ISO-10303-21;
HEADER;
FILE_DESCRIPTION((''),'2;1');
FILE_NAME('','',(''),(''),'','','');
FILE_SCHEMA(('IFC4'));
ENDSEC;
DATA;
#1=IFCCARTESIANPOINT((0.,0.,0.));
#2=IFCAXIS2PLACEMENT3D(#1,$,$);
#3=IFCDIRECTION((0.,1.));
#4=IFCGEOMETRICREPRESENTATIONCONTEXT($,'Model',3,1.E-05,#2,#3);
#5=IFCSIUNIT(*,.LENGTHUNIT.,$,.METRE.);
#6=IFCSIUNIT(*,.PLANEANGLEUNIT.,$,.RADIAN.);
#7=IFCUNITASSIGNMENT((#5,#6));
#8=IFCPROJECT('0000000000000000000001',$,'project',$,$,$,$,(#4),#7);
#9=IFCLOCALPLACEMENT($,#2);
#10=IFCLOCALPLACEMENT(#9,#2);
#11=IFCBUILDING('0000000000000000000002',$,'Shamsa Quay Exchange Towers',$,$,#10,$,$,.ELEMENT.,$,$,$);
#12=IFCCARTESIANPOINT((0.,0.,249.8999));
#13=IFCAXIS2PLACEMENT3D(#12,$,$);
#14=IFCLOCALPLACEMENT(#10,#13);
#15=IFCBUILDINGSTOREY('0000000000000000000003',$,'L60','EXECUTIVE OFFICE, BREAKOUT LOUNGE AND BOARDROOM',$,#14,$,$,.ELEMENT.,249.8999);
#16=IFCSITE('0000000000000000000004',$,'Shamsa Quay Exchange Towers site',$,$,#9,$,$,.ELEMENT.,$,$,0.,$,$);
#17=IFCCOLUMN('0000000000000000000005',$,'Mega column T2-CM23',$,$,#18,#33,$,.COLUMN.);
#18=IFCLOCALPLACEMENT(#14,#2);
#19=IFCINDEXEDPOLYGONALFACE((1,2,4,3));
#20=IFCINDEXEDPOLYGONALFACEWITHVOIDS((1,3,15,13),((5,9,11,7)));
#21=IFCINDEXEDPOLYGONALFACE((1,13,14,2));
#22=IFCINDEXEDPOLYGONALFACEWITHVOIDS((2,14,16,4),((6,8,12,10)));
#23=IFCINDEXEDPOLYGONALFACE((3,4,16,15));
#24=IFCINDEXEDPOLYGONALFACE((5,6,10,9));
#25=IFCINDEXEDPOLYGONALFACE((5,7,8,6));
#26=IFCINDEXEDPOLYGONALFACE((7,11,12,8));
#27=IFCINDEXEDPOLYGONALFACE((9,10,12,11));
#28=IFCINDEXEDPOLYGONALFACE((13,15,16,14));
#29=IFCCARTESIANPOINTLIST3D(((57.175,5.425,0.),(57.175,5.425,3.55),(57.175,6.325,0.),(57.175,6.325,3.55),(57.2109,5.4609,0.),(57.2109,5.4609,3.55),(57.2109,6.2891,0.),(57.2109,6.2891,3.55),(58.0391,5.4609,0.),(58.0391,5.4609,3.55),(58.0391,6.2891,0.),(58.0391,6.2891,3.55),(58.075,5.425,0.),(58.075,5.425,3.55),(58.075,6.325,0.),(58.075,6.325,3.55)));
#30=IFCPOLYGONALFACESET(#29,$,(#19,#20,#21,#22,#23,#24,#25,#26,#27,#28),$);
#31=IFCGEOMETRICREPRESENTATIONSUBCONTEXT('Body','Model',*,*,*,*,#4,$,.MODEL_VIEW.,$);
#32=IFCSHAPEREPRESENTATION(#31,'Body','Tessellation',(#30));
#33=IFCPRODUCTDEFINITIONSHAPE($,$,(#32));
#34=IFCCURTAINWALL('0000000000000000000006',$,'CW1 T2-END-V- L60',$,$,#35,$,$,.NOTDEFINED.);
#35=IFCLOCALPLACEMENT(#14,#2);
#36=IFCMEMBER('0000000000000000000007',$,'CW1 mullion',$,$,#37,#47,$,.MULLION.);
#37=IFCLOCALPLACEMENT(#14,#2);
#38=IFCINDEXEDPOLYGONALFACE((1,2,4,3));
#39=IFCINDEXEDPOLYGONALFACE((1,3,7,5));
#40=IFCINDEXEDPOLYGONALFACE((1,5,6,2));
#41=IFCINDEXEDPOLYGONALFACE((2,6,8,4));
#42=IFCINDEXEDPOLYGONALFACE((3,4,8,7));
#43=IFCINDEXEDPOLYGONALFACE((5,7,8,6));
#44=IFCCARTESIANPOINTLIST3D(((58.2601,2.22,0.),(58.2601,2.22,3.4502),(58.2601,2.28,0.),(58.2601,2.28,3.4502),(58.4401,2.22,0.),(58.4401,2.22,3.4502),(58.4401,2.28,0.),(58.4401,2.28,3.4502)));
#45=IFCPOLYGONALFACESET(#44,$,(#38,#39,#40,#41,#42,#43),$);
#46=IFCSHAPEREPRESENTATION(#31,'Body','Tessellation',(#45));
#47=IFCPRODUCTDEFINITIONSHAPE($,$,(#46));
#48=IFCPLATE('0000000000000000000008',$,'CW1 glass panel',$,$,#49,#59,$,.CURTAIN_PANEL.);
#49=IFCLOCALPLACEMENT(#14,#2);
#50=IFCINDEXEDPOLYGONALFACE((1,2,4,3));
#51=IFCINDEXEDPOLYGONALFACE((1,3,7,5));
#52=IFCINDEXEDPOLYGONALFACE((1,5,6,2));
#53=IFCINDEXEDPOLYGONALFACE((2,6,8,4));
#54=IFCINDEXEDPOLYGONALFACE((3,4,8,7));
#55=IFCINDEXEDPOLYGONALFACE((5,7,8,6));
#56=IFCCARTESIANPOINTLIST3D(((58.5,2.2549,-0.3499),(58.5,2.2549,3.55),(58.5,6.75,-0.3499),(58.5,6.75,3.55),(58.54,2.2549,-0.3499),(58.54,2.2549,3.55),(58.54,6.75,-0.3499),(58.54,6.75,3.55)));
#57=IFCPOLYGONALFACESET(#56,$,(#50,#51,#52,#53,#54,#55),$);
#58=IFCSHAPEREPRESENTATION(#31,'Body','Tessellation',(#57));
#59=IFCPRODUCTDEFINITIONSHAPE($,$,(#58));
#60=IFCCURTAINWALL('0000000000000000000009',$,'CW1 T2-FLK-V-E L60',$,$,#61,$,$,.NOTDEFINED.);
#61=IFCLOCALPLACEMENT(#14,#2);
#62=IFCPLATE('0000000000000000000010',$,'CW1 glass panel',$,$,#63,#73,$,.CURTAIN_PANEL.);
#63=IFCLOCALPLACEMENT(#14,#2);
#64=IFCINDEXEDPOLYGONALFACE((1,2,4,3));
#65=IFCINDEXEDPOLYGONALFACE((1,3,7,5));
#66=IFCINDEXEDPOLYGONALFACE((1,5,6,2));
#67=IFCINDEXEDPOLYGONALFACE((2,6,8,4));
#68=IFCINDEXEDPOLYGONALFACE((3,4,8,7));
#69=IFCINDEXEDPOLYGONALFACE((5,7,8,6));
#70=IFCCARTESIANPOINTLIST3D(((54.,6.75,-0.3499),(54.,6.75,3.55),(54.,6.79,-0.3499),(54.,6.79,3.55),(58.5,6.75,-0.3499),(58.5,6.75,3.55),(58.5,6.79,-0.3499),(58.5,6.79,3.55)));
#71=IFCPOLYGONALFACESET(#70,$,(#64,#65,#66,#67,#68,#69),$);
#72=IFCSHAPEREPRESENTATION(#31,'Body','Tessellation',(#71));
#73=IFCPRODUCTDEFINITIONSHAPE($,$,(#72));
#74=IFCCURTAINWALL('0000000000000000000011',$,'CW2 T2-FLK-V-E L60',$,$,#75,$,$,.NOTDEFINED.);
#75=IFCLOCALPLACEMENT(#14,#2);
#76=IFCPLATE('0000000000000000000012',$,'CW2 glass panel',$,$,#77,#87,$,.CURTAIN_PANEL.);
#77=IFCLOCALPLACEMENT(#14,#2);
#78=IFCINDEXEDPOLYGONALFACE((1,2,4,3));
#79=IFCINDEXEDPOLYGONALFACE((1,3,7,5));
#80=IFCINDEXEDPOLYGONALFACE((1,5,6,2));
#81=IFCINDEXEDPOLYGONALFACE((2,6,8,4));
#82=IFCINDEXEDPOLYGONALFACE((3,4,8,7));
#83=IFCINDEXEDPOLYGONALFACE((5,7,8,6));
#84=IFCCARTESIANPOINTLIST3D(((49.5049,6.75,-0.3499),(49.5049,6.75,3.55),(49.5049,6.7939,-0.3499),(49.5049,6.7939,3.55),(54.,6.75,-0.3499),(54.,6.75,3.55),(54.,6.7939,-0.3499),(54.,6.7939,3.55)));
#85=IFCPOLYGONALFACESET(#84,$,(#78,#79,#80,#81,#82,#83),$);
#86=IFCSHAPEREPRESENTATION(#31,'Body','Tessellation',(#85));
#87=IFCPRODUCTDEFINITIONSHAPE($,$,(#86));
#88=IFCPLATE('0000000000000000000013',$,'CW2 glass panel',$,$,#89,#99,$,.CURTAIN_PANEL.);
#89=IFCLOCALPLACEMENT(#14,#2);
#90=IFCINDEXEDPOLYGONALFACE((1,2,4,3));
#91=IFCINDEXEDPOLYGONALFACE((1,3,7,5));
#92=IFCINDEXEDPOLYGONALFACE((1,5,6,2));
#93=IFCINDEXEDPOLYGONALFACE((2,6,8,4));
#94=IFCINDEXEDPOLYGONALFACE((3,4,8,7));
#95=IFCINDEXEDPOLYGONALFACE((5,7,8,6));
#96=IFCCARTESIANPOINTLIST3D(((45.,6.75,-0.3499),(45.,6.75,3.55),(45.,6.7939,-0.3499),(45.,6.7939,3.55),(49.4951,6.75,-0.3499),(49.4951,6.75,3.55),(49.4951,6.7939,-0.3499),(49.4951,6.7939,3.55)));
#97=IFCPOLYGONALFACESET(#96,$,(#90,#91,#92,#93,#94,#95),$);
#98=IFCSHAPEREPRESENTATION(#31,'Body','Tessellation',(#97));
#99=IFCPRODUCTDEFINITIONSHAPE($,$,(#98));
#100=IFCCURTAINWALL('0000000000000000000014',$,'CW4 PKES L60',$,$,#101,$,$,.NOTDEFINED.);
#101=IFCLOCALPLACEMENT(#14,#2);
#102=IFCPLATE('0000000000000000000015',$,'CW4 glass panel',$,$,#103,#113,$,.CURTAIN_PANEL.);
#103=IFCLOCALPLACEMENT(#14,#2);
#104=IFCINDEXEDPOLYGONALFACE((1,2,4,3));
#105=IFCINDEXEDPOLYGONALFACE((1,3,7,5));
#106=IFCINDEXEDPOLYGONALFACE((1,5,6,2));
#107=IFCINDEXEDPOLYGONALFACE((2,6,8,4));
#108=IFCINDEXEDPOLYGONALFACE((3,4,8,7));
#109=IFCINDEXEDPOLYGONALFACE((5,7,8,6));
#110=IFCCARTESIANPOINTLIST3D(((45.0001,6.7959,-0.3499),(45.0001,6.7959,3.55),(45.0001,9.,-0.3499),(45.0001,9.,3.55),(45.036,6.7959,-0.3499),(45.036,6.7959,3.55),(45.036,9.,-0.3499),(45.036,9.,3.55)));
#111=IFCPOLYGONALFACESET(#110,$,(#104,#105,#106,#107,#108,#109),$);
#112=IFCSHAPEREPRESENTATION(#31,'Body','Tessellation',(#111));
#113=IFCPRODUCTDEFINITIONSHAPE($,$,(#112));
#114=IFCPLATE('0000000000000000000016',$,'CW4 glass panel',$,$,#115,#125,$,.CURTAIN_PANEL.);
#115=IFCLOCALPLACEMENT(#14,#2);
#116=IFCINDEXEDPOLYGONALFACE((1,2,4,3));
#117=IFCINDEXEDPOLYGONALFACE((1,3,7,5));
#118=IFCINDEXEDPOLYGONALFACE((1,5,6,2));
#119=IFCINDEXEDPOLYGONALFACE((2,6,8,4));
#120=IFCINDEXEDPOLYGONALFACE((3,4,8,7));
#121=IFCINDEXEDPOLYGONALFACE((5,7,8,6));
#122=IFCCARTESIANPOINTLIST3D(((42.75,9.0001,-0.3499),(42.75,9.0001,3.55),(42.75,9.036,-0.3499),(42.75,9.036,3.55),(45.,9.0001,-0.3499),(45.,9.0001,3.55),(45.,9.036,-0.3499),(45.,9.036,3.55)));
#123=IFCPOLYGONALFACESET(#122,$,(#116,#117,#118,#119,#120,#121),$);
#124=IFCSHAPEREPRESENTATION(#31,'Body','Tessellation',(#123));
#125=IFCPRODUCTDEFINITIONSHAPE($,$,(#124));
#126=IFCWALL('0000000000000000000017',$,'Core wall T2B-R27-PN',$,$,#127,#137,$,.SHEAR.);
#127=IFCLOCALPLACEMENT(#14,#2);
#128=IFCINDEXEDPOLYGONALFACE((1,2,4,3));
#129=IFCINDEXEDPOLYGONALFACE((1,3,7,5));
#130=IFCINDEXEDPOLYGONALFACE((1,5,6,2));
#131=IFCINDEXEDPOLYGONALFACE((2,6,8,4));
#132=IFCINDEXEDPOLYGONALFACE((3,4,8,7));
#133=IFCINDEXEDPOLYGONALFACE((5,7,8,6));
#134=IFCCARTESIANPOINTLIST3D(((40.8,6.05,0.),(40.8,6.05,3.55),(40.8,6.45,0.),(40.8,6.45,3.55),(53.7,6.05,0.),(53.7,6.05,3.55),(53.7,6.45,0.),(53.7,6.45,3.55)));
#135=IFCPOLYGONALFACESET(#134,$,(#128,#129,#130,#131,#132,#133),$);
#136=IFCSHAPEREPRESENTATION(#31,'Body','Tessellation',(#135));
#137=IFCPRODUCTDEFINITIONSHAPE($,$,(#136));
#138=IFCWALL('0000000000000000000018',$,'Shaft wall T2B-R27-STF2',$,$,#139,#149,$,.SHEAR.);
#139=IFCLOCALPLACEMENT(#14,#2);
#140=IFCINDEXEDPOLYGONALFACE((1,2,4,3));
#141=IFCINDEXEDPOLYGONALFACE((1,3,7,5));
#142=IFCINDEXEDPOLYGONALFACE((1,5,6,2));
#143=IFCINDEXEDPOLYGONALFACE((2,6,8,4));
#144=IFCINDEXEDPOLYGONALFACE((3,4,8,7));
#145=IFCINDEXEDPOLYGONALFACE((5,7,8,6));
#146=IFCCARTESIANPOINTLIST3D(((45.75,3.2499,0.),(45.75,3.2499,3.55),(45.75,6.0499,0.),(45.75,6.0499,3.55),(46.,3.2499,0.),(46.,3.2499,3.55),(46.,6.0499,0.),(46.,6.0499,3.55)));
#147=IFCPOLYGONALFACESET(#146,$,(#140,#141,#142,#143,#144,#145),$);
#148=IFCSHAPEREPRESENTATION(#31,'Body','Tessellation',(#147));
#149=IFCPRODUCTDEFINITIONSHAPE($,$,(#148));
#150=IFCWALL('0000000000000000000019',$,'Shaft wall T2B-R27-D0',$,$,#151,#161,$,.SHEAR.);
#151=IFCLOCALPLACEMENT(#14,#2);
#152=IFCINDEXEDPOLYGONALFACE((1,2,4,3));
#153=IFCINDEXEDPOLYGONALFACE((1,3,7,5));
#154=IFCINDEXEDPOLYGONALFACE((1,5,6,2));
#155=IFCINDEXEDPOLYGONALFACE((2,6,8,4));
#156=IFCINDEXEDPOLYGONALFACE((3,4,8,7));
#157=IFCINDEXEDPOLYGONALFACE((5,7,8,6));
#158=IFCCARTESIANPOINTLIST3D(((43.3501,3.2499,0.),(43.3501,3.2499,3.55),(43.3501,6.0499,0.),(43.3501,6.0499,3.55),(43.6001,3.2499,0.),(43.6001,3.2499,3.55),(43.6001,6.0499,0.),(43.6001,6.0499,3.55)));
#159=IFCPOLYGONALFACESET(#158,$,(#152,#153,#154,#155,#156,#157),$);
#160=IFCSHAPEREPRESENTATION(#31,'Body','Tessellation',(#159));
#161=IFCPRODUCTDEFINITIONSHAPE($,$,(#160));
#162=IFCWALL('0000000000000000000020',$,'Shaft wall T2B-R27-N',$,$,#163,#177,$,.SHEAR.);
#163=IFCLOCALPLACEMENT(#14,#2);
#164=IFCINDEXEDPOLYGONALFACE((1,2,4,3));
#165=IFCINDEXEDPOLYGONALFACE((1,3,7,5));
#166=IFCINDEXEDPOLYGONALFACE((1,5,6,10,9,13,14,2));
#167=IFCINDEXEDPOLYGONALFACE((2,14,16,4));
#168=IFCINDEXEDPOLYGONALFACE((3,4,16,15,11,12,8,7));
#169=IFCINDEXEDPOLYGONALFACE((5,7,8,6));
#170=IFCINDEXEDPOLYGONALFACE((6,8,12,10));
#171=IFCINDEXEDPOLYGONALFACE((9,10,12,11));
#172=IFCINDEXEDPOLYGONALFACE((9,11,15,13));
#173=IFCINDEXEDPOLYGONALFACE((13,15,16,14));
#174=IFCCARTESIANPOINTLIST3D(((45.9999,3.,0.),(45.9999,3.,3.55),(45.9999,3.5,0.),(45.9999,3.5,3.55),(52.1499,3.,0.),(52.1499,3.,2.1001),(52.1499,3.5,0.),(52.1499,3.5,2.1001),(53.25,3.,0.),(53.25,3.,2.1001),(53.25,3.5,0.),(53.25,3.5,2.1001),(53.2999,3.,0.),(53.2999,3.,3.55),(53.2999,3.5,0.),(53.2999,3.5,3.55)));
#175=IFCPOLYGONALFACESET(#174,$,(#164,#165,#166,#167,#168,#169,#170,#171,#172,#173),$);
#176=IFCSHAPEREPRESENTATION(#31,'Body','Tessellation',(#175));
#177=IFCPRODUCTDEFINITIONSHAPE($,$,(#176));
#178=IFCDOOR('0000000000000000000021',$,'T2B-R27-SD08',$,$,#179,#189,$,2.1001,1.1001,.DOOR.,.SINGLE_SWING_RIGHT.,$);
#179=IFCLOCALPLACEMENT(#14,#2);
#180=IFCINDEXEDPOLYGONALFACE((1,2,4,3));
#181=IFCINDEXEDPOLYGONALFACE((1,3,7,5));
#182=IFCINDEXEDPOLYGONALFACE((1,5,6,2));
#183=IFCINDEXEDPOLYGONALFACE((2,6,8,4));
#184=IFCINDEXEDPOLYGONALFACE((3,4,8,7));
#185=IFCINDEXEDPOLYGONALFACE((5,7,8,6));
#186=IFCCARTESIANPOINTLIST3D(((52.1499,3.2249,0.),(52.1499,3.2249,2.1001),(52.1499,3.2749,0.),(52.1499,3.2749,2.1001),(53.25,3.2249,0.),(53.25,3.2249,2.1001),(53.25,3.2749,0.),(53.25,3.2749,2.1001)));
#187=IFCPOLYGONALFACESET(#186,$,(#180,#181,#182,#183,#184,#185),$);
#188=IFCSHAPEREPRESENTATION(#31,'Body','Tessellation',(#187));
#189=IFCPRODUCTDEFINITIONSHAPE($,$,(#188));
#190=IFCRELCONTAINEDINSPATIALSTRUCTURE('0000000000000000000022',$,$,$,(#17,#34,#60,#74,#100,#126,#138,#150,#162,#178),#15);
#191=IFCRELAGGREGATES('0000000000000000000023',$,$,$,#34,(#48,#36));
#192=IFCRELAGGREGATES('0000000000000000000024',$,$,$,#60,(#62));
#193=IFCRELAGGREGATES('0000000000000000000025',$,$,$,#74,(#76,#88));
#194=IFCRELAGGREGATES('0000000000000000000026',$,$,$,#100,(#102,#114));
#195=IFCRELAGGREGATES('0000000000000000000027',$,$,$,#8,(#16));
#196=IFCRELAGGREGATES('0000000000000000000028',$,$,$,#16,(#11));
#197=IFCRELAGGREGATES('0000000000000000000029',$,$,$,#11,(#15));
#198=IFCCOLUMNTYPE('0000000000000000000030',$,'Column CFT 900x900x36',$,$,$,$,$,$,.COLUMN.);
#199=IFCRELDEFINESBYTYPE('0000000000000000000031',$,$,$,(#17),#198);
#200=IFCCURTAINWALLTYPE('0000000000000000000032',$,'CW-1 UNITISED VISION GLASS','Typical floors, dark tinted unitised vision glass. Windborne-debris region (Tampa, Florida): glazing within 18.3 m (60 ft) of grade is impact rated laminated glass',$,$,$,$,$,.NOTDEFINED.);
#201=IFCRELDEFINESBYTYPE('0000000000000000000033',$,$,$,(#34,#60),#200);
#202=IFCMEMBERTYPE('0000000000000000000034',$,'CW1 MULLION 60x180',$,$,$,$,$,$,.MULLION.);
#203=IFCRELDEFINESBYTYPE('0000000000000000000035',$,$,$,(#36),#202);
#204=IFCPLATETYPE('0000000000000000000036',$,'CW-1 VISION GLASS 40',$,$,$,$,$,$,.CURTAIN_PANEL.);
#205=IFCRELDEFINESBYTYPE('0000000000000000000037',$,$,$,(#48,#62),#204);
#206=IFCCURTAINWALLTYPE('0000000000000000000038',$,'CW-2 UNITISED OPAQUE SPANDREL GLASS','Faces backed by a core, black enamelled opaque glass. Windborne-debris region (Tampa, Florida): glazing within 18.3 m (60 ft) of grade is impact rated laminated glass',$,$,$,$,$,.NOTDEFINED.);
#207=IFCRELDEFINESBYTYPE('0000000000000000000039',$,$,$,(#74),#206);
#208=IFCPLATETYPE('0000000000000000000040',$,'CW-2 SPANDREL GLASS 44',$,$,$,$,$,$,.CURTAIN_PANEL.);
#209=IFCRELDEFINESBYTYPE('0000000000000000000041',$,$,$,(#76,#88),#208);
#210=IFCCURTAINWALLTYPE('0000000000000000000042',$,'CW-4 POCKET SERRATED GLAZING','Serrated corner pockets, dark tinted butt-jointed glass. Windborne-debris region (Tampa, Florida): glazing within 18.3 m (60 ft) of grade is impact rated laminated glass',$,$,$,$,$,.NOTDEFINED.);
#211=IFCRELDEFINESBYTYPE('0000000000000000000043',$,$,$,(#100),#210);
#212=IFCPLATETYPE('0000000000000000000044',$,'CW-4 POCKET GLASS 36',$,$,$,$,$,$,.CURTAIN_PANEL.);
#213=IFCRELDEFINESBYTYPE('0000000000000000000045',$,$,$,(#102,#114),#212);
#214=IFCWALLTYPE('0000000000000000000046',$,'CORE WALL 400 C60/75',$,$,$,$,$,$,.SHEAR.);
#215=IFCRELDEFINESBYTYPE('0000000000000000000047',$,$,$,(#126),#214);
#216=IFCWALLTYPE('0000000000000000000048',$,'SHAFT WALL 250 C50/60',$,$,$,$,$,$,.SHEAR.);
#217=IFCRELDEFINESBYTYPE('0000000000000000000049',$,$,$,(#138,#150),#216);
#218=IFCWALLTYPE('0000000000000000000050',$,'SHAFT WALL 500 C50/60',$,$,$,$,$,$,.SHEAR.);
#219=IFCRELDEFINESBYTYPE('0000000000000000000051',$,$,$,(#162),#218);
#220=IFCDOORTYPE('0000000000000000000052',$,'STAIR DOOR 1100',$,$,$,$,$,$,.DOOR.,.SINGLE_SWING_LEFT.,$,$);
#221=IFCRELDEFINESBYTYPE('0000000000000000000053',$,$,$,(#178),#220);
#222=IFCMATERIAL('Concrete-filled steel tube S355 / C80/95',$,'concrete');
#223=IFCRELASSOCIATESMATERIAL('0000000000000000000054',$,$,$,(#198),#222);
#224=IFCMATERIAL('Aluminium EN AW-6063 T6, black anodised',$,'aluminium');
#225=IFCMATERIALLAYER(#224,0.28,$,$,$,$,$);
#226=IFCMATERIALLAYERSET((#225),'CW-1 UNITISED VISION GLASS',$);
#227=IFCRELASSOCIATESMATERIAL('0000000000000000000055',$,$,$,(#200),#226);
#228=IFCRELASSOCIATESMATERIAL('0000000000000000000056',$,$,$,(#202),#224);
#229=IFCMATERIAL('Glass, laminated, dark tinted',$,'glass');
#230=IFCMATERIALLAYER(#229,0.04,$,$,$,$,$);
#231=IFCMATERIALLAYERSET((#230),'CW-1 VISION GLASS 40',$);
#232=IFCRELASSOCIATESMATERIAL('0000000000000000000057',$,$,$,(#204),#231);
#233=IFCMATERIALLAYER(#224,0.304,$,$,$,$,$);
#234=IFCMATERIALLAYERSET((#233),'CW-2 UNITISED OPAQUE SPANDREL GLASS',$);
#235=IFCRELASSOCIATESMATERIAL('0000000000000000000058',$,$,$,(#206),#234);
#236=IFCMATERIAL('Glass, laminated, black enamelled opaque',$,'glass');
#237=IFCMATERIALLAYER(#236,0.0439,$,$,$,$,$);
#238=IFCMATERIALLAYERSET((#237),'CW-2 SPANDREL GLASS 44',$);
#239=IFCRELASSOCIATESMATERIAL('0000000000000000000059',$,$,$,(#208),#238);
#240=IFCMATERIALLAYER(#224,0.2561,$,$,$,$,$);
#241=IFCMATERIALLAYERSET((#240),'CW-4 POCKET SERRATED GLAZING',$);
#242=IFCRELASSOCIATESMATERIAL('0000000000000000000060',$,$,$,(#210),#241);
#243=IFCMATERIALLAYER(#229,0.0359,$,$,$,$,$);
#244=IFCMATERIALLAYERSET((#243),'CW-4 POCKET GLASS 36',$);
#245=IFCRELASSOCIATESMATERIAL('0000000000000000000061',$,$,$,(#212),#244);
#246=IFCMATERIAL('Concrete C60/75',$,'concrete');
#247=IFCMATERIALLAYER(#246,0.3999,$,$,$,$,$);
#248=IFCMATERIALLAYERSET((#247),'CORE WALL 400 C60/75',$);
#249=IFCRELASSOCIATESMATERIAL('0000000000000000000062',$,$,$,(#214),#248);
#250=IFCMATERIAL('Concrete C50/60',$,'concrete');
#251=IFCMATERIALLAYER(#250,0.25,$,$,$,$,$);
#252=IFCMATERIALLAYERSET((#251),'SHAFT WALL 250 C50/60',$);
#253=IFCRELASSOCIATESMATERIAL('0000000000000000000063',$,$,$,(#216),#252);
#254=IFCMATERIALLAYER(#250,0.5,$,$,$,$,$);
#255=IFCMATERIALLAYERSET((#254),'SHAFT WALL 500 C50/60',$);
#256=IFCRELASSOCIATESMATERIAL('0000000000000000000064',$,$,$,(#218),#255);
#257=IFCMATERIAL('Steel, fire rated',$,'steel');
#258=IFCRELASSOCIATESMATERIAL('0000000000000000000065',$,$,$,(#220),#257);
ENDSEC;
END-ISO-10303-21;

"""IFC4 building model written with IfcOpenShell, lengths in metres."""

from ifc_helpers import new_model, si_unit, direction, frame, frame_2d, origin, origin_2d, place, context, subcontext, project, spatial, rectangle, hollow_rectangle, extrude, material, layer, layer_set, material_profile, profile_set, type_object, element, fill, aggregate, save


model = new_model("IFC4")

# Units and contexts
model_context = context("Model", 3, precision=1e-05, world=origin(), true_north=direction((0.0, 1.0)))
body_context = subcontext(model_context, "Body", "Model", "MODEL_VIEW")
ifc_project = project(units=[si_unit("LENGTHUNIT", "METRE"), si_unit("PLANEANGLEUNIT", "RADIAN")], contexts=[model_context])

# Site, building, storey
site_placement = place(None, origin())
site = spatial("IfcSite", under=ifc_project, at=site_placement, Name="Shamsa Quay Exchange Towers site", CompositionType="ELEMENT", RefElevation=0.0)
building_placement = place(site_placement, origin())
building = spatial("IfcBuilding", under=site, at=building_placement, Name="Shamsa Quay Exchange Towers", CompositionType="ELEMENT")
storey_placement = place(building_placement, frame((0.0, 0.0, 249.8999)))
storey = spatial("IfcBuildingStorey", under=building, at=storey_placement, Name="L60", Description="EXECUTIVE OFFICE, BREAKOUT LOUNGE AND BOARDROOM", CompositionType="ELEMENT", Elevation=249.8999)

# Column
ifc_material_1 = material(Name="Concrete-filled steel tube S355 / C80/95", Category="concrete")
ifc_material_profile_1 = material_profile(ifc_material_1, hollow_rectangle(XDim=0.8999, YDim=0.8999, WallThickness=0.0359, at=origin_2d()), Name="CFT 900x900x36")
ifc_profile_set_1 = profile_set([ifc_material_profile_1], Name="Concrete-filled steel tube S355 / C80/95")
column_type = type_object("IfcColumnType", Name="Column CFT 900x900x36", PredefinedType="COLUMN", material=ifc_profile_set_1)
column_placement = place(storey_placement, frame((57.625, 5.875, 0.0)))
element("IfcColumn", 1, at=column_placement, inside=storey, type_object=column_type, Name="Mega column T2-CM23", PredefinedType="COLUMN", context=body_context, shape_type="SweptSolid", body=[
    extrude(hollow_rectangle(XDim=0.8999, YDim=0.8999, WallThickness=0.0359, at=origin_2d()), origin(), (0.0, 0.0, 1.0), 3.55),
])

# Curtain wall, member, plate
ifc_material_2 = material(Name="Aluminium EN AW-6063 T6, black anodised", Category="aluminium")
ifc_layer_1 = layer(ifc_material_2, 0.28)
ifc_layer_set_1 = layer_set([ifc_layer_1], Name="CW-1 UNITISED VISION GLASS")
curtain_wall_type_1 = type_object("IfcCurtainWallType", Name="CW-1 UNITISED VISION GLASS", Description="Typical floors, dark tinted unitised vision glass. Windborne-debris region (Tampa, Florida): glazing within 18.3 m (60 ft) of grade is impact rated laminated glass", PredefinedType="NOTDEFINED", material=ifc_layer_set_1)
curtain_wall_1_placement = place(storey_placement, origin())
curtain_wall_1 = element("IfcCurtainWall", 2, at=curtain_wall_1_placement, inside=storey, type_object=curtain_wall_type_1, Name="CW1 T2-END-V- L60", PredefinedType="NOTDEFINED")
ifc_material_profile_2 = material_profile(ifc_material_2, rectangle(XDim=0.1799, YDim=0.0601, at=origin_2d()), Name="MU60x180")
ifc_profile_set_2 = profile_set([ifc_material_profile_2], Name="Aluminium EN AW-6063 T6, black anodised")
member_type = type_object("IfcMemberType", Name="CW1 MULLION 60x180", PredefinedType="MULLION", material=ifc_profile_set_2)
member_placement = place(storey_placement, frame((58.3501, 2.25, 0.0), z_axis=(0.0, 0.0, 1.0), x_axis=(-1.0, 0.0, 0.0)))
member = element("IfcMember", 3, at=member_placement, type_object=member_type, Name="CW1 mullion", PredefinedType="MULLION", context=body_context, shape_type="SweptSolid", body=[
    extrude(rectangle(XDim=0.1799, YDim=0.0601, at=origin_2d()), origin(), (0.0, 0.0, 1.0), 3.4502),
])
ifc_material_3 = material(Name="Glass, laminated, dark tinted", Category="glass")
ifc_layer_2 = layer(ifc_material_3, 0.04)
ifc_layer_set_2 = layer_set([ifc_layer_2], Name="CW-1 VISION GLASS 40")
plate_type_1 = type_object("IfcPlateType", Name="CW-1 VISION GLASS 40", PredefinedType="CURTAIN_PANEL", material=ifc_layer_set_2)
plate_1_placement = place(storey_placement, frame((58.52, 4.5024, -0.3499), z_axis=(0.0, 0.0, 1.0), x_axis=(0.0, 1.0, 0.0)))
plate_1 = element("IfcPlate", 4, at=plate_1_placement, type_object=plate_type_1, Name="CW1 glass panel", PredefinedType="CURTAIN_PANEL", context=body_context, shape_type="SweptSolid", body=[
    extrude(rectangle(XDim=4.4951, YDim=0.04, at=origin_2d()), origin(), (0.0, 0.0, 1.0), 3.8999),
])
aggregate(curtain_wall_1, [plate_1, member])

# Curtain wall, plate
curtain_wall_2_placement = place(storey_placement, origin())
curtain_wall_2 = element("IfcCurtainWall", 5, at=curtain_wall_2_placement, inside=storey, type_object=curtain_wall_type_1, Name="CW1 T2-FLK-V-E L60", PredefinedType="NOTDEFINED")
plate_2_placement = place(storey_placement, frame((56.25, 6.77, -0.3499), z_axis=(0.0, 0.0, 1.0), x_axis=(-1.0, 0.0, 0.0)))
plate_2 = element("IfcPlate", 6, at=plate_2_placement, type_object=plate_type_1, Name="CW1 glass panel", PredefinedType="CURTAIN_PANEL", context=body_context, shape_type="SweptSolid", body=[
    extrude(rectangle(XDim=4.5, YDim=0.04, at=origin_2d()), origin(), (0.0, 0.0, 1.0), 3.8999),
])
aggregate(curtain_wall_2, [plate_2])

# Curtain walls, plates
ifc_layer_3 = layer(ifc_material_2, 0.304)
ifc_layer_set_3 = layer_set([ifc_layer_3], Name="CW-2 UNITISED OPAQUE SPANDREL GLASS")
curtain_wall_type_2 = type_object("IfcCurtainWallType", Name="CW-2 UNITISED OPAQUE SPANDREL GLASS", Description="Faces backed by a core, black enamelled opaque glass. Windborne-debris region (Tampa, Florida): glazing within 18.3 m (60 ft) of grade is impact rated laminated glass", PredefinedType="NOTDEFINED", material=ifc_layer_set_3)
curtain_wall_3_placement = place(storey_placement, origin())
curtain_wall_3 = element("IfcCurtainWall", 7, at=curtain_wall_3_placement, inside=storey, type_object=curtain_wall_type_2, Name="CW2 T2-FLK-V-E L60", PredefinedType="NOTDEFINED")
ifc_material_4 = material(Name="Glass, laminated, black enamelled opaque", Category="glass")
ifc_layer_4 = layer(ifc_material_4, 0.0439)
ifc_layer_set_4 = layer_set([ifc_layer_4], Name="CW-2 SPANDREL GLASS 44")
plate_type_2 = type_object("IfcPlateType", Name="CW-2 SPANDREL GLASS 44", PredefinedType="CURTAIN_PANEL", material=ifc_layer_set_4)
plate_3_placement = place(storey_placement, frame((51.7524, 6.772, -0.3499), z_axis=(0.0, 0.0, 1.0), x_axis=(-1.0, 0.0, 0.0)))
plate_3 = element("IfcPlate", 8, at=plate_3_placement, type_object=plate_type_2, Name="CW2 glass panel", PredefinedType="CURTAIN_PANEL", context=body_context, shape_type="SweptSolid", body=[
    extrude(rectangle(XDim=4.4951, YDim=0.0439, at=origin_2d()), origin(), (0.0, 0.0, 1.0), 3.8999),
])
plate_4_placement = place(storey_placement, frame((47.2476, 6.772, -0.3499), z_axis=(0.0, 0.0, 1.0), x_axis=(-1.0, 0.0, 0.0)))
plate_4 = element("IfcPlate", 9, at=plate_4_placement, type_object=plate_type_2, Name="CW2 glass panel", PredefinedType="CURTAIN_PANEL", context=body_context, shape_type="SweptSolid", body=[
    extrude(rectangle(XDim=4.4951, YDim=0.0439, at=origin_2d()), origin(), (0.0, 0.0, 1.0), 3.8999),
])
aggregate(curtain_wall_3, [plate_3, plate_4])
ifc_layer_5 = layer(ifc_material_2, 0.2561)
ifc_layer_set_5 = layer_set([ifc_layer_5], Name="CW-4 POCKET SERRATED GLAZING")
curtain_wall_type_3 = type_object("IfcCurtainWallType", Name="CW-4 POCKET SERRATED GLAZING", Description="Serrated corner pockets, dark tinted butt-jointed glass. Windborne-debris region (Tampa, Florida): glazing within 18.3 m (60 ft) of grade is impact rated laminated glass", PredefinedType="NOTDEFINED", material=ifc_layer_set_5)
curtain_wall_4_placement = place(storey_placement, origin())
curtain_wall_4 = element("IfcCurtainWall", 10, at=curtain_wall_4_placement, inside=storey, type_object=curtain_wall_type_3, Name="CW4 PKES L60", PredefinedType="NOTDEFINED")
ifc_layer_6 = layer(ifc_material_3, 0.0359)
ifc_layer_set_6 = layer_set([ifc_layer_6], Name="CW-4 POCKET GLASS 36")
plate_type_3 = type_object("IfcPlateType", Name="CW-4 POCKET GLASS 36", PredefinedType="CURTAIN_PANEL", material=ifc_layer_set_6)
plate_5_placement = place(storey_placement, frame((45.0181, 7.8979, -0.3499), z_axis=(0.0, 0.0, 1.0), x_axis=(0.0, 1.0, 0.0)))
plate_5 = element("IfcPlate", 11, at=plate_5_placement, type_object=plate_type_3, Name="CW4 glass panel", PredefinedType="CURTAIN_PANEL", context=body_context, shape_type="SweptSolid", body=[
    extrude(rectangle(XDim=2.2041, YDim=0.0359, at=origin_2d()), origin(), (0.0, 0.0, 1.0), 3.8999),
])
plate_6_placement = place(storey_placement, frame((43.875, 9.0181, -0.3499), z_axis=(0.0, 0.0, 1.0), x_axis=(-1.0, 0.0, 0.0)))
plate_6 = element("IfcPlate", 12, at=plate_6_placement, type_object=plate_type_3, Name="CW4 glass panel", PredefinedType="CURTAIN_PANEL", context=body_context, shape_type="SweptSolid", body=[
    extrude(rectangle(XDim=2.25, YDim=0.0359, at=origin_2d()), origin(), (0.0, 0.0, 1.0), 3.8999),
])
aggregate(curtain_wall_4, [plate_5, plate_6])

# Walls
ifc_material_5 = material(Name="Concrete C60/75", Category="concrete")
ifc_layer_7 = layer(ifc_material_5, 0.3999)
ifc_layer_set_7 = layer_set([ifc_layer_7], Name="CORE WALL 400 C60/75")
wall_type_1 = type_object("IfcWallType", Name="CORE WALL 400 C60/75", PredefinedType="SHEAR", material=ifc_layer_set_7)
wall_1_placement = place(storey_placement, frame((53.7, 6.25, 0.0), z_axis=(0.0, 0.0, 1.0), x_axis=(-1.0, 0.0, 0.0)))
element("IfcWall", 13, at=wall_1_placement, inside=storey, type_object=wall_type_1, Name="Core wall T2B-R27-PN", PredefinedType="SHEAR", context=body_context, shape_type="SweptSolid", body=[
    extrude(rectangle(XDim=12.8999, YDim=0.3999, at=frame_2d((6.45, 0.0))), origin(), (0.0, 0.0, 1.0), 3.55),
])
ifc_material_6 = material(Name="Concrete C50/60", Category="concrete")
ifc_layer_8 = layer(ifc_material_6, 0.25)
ifc_layer_set_8 = layer_set([ifc_layer_8], Name="SHAFT WALL 250 C50/60")
wall_type_2 = type_object("IfcWallType", Name="SHAFT WALL 250 C50/60", PredefinedType="SHEAR", material=ifc_layer_set_8)
for number, where, z_axis, x_axis, name in (
    (14, (45.875, 3.25, 0.0), (0.0, 0.0, 1.0), (0.0, 1.0, 0.0), "Shaft wall T2B-R27-STF2"),
    (15, (43.4751, 3.25, 0.0), (0.0, 0.0, 1.0), (0.0, 1.0, 0.0), "Shaft wall T2B-R27-D0"),
):
    element("IfcWall", number, at=place(storey_placement, frame(where, z_axis=z_axis, x_axis=x_axis)), inside=storey, type_object=wall_type_2, Name=name, PredefinedType="SHEAR", context=body_context, shape_type="SweptSolid", body=[
        extrude(rectangle(XDim=2.8, YDim=0.25, at=frame_2d((1.3999, 0.0))), origin(), (0.0, 0.0, 1.0), 3.55),
    ])

# Wall, opening, door
ifc_layer_9 = layer(ifc_material_6, 0.5)
ifc_layer_set_9 = layer_set([ifc_layer_9], Name="SHAFT WALL 500 C50/60")
wall_type_3 = type_object("IfcWallType", Name="SHAFT WALL 500 C50/60", PredefinedType="SHEAR", material=ifc_layer_set_9)
wall_2_placement = place(storey_placement, frame((46.0, 3.25, 0.0)))
wall_2 = element("IfcWall", 16, at=wall_2_placement, inside=storey, type_object=wall_type_3, Name="Shaft wall T2B-R27-N", PredefinedType="SHEAR", context=body_context, shape_type="SweptSolid", body=[
    extrude(rectangle(XDim=7.3, YDim=0.5, at=frame_2d((3.6499, 0.0))), origin(), (0.0, 0.0, 1.0), 3.55),
])
opening_placement = place(wall_2_placement, frame((6.1499, 0.0, 0.0)))
opening = element("IfcOpeningElement", 17, at=opening_placement, cuts=wall_2, PredefinedType="OPENING", context=body_context, shape_type="SweptSolid", body=[
    extrude(rectangle(XDim=1.1001, YDim=2.1001, at=frame_2d((0.55, 1.05))), frame((0.0, 0.26, 0.0), z_axis=(0.0, -1.0, 0.0), x_axis=(1.0, 0.0, 0.0)), (0.0, 0.0, 1.0), 0.52),
])
ifc_material_7 = material(Name="Steel, fire rated", Category="steel")
door_type = type_object("IfcDoorType", Name="STAIR DOOR 1100", OperationType="SINGLE_SWING_LEFT", PredefinedType="DOOR", material=ifc_material_7)
door_placement = place(opening_placement, origin())
door = element("IfcDoor", 18, at=door_placement, inside=storey, type_object=door_type, Name="T2B-R27-SD08", OperationType="SINGLE_SWING_RIGHT", OverallHeight=2.1001, OverallWidth=1.1001, PredefinedType="DOOR", context=body_context, shape_type="SweptSolid", body=[
    extrude(rectangle(XDim=1.1001, YDim=2.1001, at=frame_2d((0.55, 1.05))), frame((0.0, 0.0249, 0.0), z_axis=(0.0, -1.0, 0.0), x_axis=(1.0, 0.0, 0.0)), (0.0, 0.0, 1.0), 0.05),
])
fill(opening, door)

save(model, "model.ifc")
